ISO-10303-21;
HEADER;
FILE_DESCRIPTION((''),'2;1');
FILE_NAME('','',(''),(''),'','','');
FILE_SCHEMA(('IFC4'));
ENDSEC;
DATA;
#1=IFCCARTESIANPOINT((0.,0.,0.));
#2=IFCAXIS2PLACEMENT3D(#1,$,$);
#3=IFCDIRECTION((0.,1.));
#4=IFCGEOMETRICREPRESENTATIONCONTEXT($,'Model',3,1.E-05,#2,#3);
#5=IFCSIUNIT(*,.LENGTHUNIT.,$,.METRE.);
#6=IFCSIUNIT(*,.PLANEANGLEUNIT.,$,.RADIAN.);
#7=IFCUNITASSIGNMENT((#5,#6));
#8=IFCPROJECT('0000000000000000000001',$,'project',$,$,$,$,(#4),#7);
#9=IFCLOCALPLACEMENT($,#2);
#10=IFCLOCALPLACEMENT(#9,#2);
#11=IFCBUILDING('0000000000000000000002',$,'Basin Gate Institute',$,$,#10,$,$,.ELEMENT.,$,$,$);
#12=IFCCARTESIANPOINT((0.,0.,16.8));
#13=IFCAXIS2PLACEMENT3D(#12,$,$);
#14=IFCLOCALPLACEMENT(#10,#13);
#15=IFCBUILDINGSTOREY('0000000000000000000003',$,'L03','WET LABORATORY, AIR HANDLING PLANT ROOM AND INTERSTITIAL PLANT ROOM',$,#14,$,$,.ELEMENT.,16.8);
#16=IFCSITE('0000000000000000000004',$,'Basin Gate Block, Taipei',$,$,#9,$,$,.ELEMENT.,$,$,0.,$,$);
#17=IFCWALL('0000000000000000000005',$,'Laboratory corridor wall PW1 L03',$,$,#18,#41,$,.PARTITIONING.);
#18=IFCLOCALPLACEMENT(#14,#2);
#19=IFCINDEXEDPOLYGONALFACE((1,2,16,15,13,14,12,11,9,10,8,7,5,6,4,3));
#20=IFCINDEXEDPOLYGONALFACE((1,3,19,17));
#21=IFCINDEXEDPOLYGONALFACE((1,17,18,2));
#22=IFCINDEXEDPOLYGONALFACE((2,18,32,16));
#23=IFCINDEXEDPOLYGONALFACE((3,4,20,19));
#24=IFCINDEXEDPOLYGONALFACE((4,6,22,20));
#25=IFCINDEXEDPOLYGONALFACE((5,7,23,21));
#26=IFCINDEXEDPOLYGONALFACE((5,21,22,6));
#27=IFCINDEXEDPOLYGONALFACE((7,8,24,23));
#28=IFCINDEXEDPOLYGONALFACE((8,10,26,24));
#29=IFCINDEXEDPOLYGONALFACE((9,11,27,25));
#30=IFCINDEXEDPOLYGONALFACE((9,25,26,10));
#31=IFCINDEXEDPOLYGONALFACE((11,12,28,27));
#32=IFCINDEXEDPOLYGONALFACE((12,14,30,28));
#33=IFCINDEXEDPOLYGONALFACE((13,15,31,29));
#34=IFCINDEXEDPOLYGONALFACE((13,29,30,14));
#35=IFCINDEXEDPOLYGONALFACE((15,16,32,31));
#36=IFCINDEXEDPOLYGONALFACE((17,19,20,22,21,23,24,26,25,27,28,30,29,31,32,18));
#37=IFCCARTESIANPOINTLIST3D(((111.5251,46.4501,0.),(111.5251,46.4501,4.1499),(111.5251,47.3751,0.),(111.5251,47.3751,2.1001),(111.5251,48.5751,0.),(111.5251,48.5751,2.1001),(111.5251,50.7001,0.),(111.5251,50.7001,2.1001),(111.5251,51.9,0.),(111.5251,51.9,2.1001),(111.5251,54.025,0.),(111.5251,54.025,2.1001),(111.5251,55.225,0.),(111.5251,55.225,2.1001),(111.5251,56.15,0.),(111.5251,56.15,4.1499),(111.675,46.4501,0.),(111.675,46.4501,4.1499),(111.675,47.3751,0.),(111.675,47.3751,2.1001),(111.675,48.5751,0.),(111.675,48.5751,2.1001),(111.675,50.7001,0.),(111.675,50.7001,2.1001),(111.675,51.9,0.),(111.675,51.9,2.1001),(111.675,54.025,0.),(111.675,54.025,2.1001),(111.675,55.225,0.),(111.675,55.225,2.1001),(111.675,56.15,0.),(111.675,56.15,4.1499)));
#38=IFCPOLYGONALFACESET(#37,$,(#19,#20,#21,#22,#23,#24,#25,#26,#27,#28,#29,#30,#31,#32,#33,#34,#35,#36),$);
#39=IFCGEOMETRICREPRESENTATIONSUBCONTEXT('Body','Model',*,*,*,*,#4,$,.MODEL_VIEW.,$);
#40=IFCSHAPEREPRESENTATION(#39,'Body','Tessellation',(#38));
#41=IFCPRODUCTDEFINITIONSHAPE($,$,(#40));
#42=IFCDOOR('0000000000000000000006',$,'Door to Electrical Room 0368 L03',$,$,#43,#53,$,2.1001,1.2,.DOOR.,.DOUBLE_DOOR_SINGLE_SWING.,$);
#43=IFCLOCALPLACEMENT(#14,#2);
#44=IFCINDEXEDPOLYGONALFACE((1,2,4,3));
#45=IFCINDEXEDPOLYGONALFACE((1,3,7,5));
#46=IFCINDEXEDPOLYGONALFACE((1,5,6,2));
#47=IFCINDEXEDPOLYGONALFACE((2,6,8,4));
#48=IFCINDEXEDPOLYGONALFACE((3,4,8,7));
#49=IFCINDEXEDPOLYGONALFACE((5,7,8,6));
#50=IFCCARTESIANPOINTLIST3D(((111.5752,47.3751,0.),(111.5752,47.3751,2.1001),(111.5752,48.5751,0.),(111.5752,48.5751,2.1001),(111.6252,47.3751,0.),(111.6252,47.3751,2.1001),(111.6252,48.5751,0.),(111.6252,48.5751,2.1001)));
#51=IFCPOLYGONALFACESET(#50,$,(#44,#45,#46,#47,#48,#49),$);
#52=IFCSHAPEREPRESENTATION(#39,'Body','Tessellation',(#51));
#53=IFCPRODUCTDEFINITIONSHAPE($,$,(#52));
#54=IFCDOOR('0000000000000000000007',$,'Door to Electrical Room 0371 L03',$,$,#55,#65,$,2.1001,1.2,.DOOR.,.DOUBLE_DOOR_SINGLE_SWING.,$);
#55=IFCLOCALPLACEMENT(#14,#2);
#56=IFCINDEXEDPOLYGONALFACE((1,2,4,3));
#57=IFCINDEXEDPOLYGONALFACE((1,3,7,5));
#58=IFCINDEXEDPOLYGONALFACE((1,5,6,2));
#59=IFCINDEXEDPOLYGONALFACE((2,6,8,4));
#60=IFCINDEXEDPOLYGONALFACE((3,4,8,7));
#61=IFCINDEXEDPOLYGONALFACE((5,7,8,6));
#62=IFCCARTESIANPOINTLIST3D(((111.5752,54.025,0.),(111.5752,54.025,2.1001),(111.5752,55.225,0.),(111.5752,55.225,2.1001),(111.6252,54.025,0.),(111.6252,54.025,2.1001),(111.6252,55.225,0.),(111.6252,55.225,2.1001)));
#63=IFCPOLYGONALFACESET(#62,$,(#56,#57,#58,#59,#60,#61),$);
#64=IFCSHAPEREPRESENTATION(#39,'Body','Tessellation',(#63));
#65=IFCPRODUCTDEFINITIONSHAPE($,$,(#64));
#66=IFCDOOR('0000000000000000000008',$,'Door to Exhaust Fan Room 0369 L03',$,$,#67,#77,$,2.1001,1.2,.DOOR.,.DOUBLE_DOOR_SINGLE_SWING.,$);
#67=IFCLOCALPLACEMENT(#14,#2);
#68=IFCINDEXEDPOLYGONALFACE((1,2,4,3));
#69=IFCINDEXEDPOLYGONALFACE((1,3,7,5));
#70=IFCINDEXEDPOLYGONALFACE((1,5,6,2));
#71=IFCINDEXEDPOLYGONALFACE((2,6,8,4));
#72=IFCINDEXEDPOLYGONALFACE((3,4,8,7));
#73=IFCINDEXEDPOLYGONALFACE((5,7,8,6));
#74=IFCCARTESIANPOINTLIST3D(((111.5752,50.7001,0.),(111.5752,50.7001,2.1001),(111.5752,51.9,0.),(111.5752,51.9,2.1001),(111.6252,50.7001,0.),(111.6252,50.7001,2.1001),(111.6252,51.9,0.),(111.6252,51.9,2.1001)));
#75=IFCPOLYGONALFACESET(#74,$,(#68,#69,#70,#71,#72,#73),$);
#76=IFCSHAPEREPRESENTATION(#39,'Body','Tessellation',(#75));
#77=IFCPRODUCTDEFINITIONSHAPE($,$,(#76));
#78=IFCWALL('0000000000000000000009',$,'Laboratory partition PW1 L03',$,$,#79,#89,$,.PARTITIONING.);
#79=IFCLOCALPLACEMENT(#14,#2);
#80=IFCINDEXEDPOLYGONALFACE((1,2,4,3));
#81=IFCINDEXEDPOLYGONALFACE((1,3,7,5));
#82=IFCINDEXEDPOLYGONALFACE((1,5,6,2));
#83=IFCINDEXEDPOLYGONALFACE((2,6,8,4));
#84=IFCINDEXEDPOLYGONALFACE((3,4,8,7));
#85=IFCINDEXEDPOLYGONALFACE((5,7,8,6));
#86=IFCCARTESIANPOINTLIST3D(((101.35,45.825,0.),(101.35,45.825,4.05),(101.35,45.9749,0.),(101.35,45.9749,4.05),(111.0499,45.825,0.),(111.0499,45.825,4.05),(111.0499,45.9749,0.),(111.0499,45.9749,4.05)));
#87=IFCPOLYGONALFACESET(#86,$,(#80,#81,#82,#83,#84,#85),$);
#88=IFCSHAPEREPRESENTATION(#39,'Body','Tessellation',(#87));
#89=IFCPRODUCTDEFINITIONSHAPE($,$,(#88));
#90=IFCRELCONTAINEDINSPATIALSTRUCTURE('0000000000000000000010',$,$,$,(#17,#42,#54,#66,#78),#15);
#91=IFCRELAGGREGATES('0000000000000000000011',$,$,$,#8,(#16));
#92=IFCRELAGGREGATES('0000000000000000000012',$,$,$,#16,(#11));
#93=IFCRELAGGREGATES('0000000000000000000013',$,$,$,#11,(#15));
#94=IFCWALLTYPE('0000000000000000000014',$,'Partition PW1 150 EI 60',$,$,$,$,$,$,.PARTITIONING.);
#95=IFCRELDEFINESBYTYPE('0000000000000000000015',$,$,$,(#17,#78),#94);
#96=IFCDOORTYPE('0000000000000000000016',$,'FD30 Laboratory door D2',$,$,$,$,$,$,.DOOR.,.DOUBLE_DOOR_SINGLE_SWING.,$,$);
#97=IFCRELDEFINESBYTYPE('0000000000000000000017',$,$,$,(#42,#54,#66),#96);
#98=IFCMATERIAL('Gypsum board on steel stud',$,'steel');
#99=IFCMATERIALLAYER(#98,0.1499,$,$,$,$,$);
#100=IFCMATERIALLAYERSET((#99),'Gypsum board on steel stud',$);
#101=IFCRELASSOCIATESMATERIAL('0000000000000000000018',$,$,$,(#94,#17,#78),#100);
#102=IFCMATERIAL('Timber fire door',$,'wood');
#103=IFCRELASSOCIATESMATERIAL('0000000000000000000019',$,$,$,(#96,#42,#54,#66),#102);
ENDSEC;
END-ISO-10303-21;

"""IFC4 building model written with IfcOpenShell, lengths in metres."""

from ifc_helpers import new_model, si_unit, direction, frame, frame_2d, origin, place, context, subcontext, project, spatial, rectangle, extrude, material, layer, layer_set, type_object, element, fill, save


model = new_model("IFC4")

# Units and contexts
model_context = context("Model", 3, precision=1e-05, world=origin(), true_north=direction((0.0, 1.0)))
body_context = subcontext(model_context, "Body", "Model", "MODEL_VIEW")
ifc_project = project(units=[si_unit("LENGTHUNIT", "METRE"), si_unit("PLANEANGLEUNIT", "RADIAN")], contexts=[model_context])

# Site, building, storey
site_placement = place(None, origin())
site = spatial("IfcSite", under=ifc_project, at=site_placement, Name="Basin Gate Block, Taipei", CompositionType="ELEMENT", RefElevation=0.0)
building_placement = place(site_placement, origin())
building = spatial("IfcBuilding", under=site, at=building_placement, Name="Basin Gate Institute", CompositionType="ELEMENT")
storey_placement = place(building_placement, frame((0.0, 0.0, 16.8)))
storey = spatial("IfcBuildingStorey", under=building, at=storey_placement, Name="L03", Description="WET LABORATORY, AIR HANDLING PLANT ROOM AND INTERSTITIAL PLANT ROOM", CompositionType="ELEMENT", Elevation=16.8)

# Wall, openings, doors
ifc_material_1 = material(Name="Gypsum board on steel stud", Category="steel")
ifc_layer_1 = layer(ifc_material_1, 0.1499)
ifc_layer_set_1 = layer_set([ifc_layer_1], Name="Gypsum board on steel stud")
wall_type = type_object("IfcWallType", Name="Partition PW1 150 EI 60", PredefinedType="PARTITIONING", material=ifc_layer_set_1)
wall_1_placement = place(storey_placement, frame((111.6001, 46.45, 0.0), z_axis=(0.0, 0.0, 1.0), x_axis=(0.0, 1.0, 0.0)))
wall_1 = element("IfcWall", 1, at=wall_1_placement, inside=storey, type_object=wall_type, material=ifc_layer_set_1, Name="Laboratory corridor wall PW1 L03", PredefinedType="PARTITIONING", context=body_context, shape_type="SweptSolid", body=[
    extrude(rectangle(XDim=9.7, YDim=0.1499, at=frame_2d((4.8501, 0.0))), origin(), (0.0, 0.0, 1.0), 4.1499),
])
opening_1_placement = place(wall_1_placement, frame((0.925, 0.0, 0.0)))
opening_1 = element("IfcOpeningElement", 2, at=opening_1_placement, cuts=wall_1, PredefinedType="OPENING", context=body_context, shape_type="SweptSolid", body=[
    extrude(rectangle(XDim=1.2, YDim=2.1001, at=frame_2d((0.6001, 1.05))), frame((0.0, 0.085, 0.0), z_axis=(0.0, -1.0, 0.0), x_axis=(1.0, 0.0, 0.0)), (0.0, 0.0, 1.0), 0.1699),
])
opening_2_placement = place(wall_1_placement, frame((7.575, 0.0, 0.0)))
opening_2 = element("IfcOpeningElement", 3, at=opening_2_placement, cuts=wall_1, PredefinedType="OPENING", context=body_context, shape_type="SweptSolid", body=[
    extrude(rectangle(XDim=1.2, YDim=2.1001, at=frame_2d((0.6001, 1.05))), frame((0.0, 0.085, 0.0), z_axis=(0.0, -1.0, 0.0), x_axis=(1.0, 0.0, 0.0)), (0.0, 0.0, 1.0), 0.1699),
])
opening_3_placement = place(wall_1_placement, frame((4.25, 0.0, 0.0)))
opening_3 = element("IfcOpeningElement", 4, at=opening_3_placement, cuts=wall_1, PredefinedType="OPENING", context=body_context, shape_type="SweptSolid", body=[
    extrude(rectangle(XDim=1.2, YDim=2.1001, at=frame_2d((0.6001, 1.05))), frame((0.0, 0.085, 0.0), z_axis=(0.0, -1.0, 0.0), x_axis=(1.0, 0.0, 0.0)), (0.0, 0.0, 1.0), 0.1699),
])
ifc_material_2 = material(Name="Timber fire door", Category="wood")
door_type = type_object("IfcDoorType", Name="FD30 Laboratory door D2", OperationType="DOUBLE_DOOR_SINGLE_SWING", PredefinedType="DOOR", material=ifc_material_2)
door_1_placement = place(opening_1_placement, origin())
door_1 = element("IfcDoor", 5, at=door_1_placement, inside=storey, type_object=door_type, material=ifc_material_2, Name="Door to Electrical Room 0368 L03", OperationType="DOUBLE_DOOR_SINGLE_SWING", OverallHeight=2.1001, OverallWidth=1.2, PredefinedType="DOOR", context=body_context, shape_type="SweptSolid", body=[
    extrude(rectangle(XDim=1.2, YDim=2.1001, at=frame_2d((0.6001, 1.05))), frame((0.0, 0.0249, 0.0), z_axis=(0.0, -1.0, 0.0), x_axis=(1.0, 0.0, 0.0)), (0.0, 0.0, 1.0), 0.05),
])
fill(opening_1, door_1)
door_2_placement = place(opening_2_placement, origin())
door_2 = element("IfcDoor", 6, at=door_2_placement, inside=storey, type_object=door_type, material=ifc_material_2, Name="Door to Electrical Room 0371 L03", OperationType="DOUBLE_DOOR_SINGLE_SWING", OverallHeight=2.1001, OverallWidth=1.2, PredefinedType="DOOR", context=body_context, shape_type="SweptSolid", body=[
    extrude(rectangle(XDim=1.2, YDim=2.1001, at=frame_2d((0.6001, 1.05))), frame((0.0, 0.0249, 0.0), z_axis=(0.0, -1.0, 0.0), x_axis=(1.0, 0.0, 0.0)), (0.0, 0.0, 1.0), 0.05),
])
fill(opening_2, door_2)
door_3_placement = place(opening_3_placement, origin())
door_3 = element("IfcDoor", 7, at=door_3_placement, inside=storey, type_object=door_type, material=ifc_material_2, Name="Door to Exhaust Fan Room 0369 L03", OperationType="DOUBLE_DOOR_SINGLE_SWING", OverallHeight=2.1001, OverallWidth=1.2, PredefinedType="DOOR", context=body_context, shape_type="SweptSolid", body=[
    extrude(rectangle(XDim=1.2, YDim=2.1001, at=frame_2d((0.6001, 1.05))), frame((0.0, 0.0249, 0.0), z_axis=(0.0, -1.0, 0.0), x_axis=(1.0, 0.0, 0.0)), (0.0, 0.0, 1.0), 0.05),
])
fill(opening_3, door_3)

# Wall
wall_2_placement = place(storey_placement, frame((111.05, 45.8999, 0.0), z_axis=(0.0, 0.0, 1.0), x_axis=(-1.0, 0.0, 0.0)))
element("IfcWall", 8, at=wall_2_placement, inside=storey, type_object=wall_type, material=ifc_layer_set_1, Name="Laboratory partition PW1 L03", PredefinedType="PARTITIONING", context=body_context, shape_type="SweptSolid", body=[
    extrude(rectangle(XDim=9.7, YDim=0.1499, at=frame_2d((4.8501, 0.0))), origin(), (0.0, 0.0, 1.0), 4.05),
])

save(model, "model.ifc")
